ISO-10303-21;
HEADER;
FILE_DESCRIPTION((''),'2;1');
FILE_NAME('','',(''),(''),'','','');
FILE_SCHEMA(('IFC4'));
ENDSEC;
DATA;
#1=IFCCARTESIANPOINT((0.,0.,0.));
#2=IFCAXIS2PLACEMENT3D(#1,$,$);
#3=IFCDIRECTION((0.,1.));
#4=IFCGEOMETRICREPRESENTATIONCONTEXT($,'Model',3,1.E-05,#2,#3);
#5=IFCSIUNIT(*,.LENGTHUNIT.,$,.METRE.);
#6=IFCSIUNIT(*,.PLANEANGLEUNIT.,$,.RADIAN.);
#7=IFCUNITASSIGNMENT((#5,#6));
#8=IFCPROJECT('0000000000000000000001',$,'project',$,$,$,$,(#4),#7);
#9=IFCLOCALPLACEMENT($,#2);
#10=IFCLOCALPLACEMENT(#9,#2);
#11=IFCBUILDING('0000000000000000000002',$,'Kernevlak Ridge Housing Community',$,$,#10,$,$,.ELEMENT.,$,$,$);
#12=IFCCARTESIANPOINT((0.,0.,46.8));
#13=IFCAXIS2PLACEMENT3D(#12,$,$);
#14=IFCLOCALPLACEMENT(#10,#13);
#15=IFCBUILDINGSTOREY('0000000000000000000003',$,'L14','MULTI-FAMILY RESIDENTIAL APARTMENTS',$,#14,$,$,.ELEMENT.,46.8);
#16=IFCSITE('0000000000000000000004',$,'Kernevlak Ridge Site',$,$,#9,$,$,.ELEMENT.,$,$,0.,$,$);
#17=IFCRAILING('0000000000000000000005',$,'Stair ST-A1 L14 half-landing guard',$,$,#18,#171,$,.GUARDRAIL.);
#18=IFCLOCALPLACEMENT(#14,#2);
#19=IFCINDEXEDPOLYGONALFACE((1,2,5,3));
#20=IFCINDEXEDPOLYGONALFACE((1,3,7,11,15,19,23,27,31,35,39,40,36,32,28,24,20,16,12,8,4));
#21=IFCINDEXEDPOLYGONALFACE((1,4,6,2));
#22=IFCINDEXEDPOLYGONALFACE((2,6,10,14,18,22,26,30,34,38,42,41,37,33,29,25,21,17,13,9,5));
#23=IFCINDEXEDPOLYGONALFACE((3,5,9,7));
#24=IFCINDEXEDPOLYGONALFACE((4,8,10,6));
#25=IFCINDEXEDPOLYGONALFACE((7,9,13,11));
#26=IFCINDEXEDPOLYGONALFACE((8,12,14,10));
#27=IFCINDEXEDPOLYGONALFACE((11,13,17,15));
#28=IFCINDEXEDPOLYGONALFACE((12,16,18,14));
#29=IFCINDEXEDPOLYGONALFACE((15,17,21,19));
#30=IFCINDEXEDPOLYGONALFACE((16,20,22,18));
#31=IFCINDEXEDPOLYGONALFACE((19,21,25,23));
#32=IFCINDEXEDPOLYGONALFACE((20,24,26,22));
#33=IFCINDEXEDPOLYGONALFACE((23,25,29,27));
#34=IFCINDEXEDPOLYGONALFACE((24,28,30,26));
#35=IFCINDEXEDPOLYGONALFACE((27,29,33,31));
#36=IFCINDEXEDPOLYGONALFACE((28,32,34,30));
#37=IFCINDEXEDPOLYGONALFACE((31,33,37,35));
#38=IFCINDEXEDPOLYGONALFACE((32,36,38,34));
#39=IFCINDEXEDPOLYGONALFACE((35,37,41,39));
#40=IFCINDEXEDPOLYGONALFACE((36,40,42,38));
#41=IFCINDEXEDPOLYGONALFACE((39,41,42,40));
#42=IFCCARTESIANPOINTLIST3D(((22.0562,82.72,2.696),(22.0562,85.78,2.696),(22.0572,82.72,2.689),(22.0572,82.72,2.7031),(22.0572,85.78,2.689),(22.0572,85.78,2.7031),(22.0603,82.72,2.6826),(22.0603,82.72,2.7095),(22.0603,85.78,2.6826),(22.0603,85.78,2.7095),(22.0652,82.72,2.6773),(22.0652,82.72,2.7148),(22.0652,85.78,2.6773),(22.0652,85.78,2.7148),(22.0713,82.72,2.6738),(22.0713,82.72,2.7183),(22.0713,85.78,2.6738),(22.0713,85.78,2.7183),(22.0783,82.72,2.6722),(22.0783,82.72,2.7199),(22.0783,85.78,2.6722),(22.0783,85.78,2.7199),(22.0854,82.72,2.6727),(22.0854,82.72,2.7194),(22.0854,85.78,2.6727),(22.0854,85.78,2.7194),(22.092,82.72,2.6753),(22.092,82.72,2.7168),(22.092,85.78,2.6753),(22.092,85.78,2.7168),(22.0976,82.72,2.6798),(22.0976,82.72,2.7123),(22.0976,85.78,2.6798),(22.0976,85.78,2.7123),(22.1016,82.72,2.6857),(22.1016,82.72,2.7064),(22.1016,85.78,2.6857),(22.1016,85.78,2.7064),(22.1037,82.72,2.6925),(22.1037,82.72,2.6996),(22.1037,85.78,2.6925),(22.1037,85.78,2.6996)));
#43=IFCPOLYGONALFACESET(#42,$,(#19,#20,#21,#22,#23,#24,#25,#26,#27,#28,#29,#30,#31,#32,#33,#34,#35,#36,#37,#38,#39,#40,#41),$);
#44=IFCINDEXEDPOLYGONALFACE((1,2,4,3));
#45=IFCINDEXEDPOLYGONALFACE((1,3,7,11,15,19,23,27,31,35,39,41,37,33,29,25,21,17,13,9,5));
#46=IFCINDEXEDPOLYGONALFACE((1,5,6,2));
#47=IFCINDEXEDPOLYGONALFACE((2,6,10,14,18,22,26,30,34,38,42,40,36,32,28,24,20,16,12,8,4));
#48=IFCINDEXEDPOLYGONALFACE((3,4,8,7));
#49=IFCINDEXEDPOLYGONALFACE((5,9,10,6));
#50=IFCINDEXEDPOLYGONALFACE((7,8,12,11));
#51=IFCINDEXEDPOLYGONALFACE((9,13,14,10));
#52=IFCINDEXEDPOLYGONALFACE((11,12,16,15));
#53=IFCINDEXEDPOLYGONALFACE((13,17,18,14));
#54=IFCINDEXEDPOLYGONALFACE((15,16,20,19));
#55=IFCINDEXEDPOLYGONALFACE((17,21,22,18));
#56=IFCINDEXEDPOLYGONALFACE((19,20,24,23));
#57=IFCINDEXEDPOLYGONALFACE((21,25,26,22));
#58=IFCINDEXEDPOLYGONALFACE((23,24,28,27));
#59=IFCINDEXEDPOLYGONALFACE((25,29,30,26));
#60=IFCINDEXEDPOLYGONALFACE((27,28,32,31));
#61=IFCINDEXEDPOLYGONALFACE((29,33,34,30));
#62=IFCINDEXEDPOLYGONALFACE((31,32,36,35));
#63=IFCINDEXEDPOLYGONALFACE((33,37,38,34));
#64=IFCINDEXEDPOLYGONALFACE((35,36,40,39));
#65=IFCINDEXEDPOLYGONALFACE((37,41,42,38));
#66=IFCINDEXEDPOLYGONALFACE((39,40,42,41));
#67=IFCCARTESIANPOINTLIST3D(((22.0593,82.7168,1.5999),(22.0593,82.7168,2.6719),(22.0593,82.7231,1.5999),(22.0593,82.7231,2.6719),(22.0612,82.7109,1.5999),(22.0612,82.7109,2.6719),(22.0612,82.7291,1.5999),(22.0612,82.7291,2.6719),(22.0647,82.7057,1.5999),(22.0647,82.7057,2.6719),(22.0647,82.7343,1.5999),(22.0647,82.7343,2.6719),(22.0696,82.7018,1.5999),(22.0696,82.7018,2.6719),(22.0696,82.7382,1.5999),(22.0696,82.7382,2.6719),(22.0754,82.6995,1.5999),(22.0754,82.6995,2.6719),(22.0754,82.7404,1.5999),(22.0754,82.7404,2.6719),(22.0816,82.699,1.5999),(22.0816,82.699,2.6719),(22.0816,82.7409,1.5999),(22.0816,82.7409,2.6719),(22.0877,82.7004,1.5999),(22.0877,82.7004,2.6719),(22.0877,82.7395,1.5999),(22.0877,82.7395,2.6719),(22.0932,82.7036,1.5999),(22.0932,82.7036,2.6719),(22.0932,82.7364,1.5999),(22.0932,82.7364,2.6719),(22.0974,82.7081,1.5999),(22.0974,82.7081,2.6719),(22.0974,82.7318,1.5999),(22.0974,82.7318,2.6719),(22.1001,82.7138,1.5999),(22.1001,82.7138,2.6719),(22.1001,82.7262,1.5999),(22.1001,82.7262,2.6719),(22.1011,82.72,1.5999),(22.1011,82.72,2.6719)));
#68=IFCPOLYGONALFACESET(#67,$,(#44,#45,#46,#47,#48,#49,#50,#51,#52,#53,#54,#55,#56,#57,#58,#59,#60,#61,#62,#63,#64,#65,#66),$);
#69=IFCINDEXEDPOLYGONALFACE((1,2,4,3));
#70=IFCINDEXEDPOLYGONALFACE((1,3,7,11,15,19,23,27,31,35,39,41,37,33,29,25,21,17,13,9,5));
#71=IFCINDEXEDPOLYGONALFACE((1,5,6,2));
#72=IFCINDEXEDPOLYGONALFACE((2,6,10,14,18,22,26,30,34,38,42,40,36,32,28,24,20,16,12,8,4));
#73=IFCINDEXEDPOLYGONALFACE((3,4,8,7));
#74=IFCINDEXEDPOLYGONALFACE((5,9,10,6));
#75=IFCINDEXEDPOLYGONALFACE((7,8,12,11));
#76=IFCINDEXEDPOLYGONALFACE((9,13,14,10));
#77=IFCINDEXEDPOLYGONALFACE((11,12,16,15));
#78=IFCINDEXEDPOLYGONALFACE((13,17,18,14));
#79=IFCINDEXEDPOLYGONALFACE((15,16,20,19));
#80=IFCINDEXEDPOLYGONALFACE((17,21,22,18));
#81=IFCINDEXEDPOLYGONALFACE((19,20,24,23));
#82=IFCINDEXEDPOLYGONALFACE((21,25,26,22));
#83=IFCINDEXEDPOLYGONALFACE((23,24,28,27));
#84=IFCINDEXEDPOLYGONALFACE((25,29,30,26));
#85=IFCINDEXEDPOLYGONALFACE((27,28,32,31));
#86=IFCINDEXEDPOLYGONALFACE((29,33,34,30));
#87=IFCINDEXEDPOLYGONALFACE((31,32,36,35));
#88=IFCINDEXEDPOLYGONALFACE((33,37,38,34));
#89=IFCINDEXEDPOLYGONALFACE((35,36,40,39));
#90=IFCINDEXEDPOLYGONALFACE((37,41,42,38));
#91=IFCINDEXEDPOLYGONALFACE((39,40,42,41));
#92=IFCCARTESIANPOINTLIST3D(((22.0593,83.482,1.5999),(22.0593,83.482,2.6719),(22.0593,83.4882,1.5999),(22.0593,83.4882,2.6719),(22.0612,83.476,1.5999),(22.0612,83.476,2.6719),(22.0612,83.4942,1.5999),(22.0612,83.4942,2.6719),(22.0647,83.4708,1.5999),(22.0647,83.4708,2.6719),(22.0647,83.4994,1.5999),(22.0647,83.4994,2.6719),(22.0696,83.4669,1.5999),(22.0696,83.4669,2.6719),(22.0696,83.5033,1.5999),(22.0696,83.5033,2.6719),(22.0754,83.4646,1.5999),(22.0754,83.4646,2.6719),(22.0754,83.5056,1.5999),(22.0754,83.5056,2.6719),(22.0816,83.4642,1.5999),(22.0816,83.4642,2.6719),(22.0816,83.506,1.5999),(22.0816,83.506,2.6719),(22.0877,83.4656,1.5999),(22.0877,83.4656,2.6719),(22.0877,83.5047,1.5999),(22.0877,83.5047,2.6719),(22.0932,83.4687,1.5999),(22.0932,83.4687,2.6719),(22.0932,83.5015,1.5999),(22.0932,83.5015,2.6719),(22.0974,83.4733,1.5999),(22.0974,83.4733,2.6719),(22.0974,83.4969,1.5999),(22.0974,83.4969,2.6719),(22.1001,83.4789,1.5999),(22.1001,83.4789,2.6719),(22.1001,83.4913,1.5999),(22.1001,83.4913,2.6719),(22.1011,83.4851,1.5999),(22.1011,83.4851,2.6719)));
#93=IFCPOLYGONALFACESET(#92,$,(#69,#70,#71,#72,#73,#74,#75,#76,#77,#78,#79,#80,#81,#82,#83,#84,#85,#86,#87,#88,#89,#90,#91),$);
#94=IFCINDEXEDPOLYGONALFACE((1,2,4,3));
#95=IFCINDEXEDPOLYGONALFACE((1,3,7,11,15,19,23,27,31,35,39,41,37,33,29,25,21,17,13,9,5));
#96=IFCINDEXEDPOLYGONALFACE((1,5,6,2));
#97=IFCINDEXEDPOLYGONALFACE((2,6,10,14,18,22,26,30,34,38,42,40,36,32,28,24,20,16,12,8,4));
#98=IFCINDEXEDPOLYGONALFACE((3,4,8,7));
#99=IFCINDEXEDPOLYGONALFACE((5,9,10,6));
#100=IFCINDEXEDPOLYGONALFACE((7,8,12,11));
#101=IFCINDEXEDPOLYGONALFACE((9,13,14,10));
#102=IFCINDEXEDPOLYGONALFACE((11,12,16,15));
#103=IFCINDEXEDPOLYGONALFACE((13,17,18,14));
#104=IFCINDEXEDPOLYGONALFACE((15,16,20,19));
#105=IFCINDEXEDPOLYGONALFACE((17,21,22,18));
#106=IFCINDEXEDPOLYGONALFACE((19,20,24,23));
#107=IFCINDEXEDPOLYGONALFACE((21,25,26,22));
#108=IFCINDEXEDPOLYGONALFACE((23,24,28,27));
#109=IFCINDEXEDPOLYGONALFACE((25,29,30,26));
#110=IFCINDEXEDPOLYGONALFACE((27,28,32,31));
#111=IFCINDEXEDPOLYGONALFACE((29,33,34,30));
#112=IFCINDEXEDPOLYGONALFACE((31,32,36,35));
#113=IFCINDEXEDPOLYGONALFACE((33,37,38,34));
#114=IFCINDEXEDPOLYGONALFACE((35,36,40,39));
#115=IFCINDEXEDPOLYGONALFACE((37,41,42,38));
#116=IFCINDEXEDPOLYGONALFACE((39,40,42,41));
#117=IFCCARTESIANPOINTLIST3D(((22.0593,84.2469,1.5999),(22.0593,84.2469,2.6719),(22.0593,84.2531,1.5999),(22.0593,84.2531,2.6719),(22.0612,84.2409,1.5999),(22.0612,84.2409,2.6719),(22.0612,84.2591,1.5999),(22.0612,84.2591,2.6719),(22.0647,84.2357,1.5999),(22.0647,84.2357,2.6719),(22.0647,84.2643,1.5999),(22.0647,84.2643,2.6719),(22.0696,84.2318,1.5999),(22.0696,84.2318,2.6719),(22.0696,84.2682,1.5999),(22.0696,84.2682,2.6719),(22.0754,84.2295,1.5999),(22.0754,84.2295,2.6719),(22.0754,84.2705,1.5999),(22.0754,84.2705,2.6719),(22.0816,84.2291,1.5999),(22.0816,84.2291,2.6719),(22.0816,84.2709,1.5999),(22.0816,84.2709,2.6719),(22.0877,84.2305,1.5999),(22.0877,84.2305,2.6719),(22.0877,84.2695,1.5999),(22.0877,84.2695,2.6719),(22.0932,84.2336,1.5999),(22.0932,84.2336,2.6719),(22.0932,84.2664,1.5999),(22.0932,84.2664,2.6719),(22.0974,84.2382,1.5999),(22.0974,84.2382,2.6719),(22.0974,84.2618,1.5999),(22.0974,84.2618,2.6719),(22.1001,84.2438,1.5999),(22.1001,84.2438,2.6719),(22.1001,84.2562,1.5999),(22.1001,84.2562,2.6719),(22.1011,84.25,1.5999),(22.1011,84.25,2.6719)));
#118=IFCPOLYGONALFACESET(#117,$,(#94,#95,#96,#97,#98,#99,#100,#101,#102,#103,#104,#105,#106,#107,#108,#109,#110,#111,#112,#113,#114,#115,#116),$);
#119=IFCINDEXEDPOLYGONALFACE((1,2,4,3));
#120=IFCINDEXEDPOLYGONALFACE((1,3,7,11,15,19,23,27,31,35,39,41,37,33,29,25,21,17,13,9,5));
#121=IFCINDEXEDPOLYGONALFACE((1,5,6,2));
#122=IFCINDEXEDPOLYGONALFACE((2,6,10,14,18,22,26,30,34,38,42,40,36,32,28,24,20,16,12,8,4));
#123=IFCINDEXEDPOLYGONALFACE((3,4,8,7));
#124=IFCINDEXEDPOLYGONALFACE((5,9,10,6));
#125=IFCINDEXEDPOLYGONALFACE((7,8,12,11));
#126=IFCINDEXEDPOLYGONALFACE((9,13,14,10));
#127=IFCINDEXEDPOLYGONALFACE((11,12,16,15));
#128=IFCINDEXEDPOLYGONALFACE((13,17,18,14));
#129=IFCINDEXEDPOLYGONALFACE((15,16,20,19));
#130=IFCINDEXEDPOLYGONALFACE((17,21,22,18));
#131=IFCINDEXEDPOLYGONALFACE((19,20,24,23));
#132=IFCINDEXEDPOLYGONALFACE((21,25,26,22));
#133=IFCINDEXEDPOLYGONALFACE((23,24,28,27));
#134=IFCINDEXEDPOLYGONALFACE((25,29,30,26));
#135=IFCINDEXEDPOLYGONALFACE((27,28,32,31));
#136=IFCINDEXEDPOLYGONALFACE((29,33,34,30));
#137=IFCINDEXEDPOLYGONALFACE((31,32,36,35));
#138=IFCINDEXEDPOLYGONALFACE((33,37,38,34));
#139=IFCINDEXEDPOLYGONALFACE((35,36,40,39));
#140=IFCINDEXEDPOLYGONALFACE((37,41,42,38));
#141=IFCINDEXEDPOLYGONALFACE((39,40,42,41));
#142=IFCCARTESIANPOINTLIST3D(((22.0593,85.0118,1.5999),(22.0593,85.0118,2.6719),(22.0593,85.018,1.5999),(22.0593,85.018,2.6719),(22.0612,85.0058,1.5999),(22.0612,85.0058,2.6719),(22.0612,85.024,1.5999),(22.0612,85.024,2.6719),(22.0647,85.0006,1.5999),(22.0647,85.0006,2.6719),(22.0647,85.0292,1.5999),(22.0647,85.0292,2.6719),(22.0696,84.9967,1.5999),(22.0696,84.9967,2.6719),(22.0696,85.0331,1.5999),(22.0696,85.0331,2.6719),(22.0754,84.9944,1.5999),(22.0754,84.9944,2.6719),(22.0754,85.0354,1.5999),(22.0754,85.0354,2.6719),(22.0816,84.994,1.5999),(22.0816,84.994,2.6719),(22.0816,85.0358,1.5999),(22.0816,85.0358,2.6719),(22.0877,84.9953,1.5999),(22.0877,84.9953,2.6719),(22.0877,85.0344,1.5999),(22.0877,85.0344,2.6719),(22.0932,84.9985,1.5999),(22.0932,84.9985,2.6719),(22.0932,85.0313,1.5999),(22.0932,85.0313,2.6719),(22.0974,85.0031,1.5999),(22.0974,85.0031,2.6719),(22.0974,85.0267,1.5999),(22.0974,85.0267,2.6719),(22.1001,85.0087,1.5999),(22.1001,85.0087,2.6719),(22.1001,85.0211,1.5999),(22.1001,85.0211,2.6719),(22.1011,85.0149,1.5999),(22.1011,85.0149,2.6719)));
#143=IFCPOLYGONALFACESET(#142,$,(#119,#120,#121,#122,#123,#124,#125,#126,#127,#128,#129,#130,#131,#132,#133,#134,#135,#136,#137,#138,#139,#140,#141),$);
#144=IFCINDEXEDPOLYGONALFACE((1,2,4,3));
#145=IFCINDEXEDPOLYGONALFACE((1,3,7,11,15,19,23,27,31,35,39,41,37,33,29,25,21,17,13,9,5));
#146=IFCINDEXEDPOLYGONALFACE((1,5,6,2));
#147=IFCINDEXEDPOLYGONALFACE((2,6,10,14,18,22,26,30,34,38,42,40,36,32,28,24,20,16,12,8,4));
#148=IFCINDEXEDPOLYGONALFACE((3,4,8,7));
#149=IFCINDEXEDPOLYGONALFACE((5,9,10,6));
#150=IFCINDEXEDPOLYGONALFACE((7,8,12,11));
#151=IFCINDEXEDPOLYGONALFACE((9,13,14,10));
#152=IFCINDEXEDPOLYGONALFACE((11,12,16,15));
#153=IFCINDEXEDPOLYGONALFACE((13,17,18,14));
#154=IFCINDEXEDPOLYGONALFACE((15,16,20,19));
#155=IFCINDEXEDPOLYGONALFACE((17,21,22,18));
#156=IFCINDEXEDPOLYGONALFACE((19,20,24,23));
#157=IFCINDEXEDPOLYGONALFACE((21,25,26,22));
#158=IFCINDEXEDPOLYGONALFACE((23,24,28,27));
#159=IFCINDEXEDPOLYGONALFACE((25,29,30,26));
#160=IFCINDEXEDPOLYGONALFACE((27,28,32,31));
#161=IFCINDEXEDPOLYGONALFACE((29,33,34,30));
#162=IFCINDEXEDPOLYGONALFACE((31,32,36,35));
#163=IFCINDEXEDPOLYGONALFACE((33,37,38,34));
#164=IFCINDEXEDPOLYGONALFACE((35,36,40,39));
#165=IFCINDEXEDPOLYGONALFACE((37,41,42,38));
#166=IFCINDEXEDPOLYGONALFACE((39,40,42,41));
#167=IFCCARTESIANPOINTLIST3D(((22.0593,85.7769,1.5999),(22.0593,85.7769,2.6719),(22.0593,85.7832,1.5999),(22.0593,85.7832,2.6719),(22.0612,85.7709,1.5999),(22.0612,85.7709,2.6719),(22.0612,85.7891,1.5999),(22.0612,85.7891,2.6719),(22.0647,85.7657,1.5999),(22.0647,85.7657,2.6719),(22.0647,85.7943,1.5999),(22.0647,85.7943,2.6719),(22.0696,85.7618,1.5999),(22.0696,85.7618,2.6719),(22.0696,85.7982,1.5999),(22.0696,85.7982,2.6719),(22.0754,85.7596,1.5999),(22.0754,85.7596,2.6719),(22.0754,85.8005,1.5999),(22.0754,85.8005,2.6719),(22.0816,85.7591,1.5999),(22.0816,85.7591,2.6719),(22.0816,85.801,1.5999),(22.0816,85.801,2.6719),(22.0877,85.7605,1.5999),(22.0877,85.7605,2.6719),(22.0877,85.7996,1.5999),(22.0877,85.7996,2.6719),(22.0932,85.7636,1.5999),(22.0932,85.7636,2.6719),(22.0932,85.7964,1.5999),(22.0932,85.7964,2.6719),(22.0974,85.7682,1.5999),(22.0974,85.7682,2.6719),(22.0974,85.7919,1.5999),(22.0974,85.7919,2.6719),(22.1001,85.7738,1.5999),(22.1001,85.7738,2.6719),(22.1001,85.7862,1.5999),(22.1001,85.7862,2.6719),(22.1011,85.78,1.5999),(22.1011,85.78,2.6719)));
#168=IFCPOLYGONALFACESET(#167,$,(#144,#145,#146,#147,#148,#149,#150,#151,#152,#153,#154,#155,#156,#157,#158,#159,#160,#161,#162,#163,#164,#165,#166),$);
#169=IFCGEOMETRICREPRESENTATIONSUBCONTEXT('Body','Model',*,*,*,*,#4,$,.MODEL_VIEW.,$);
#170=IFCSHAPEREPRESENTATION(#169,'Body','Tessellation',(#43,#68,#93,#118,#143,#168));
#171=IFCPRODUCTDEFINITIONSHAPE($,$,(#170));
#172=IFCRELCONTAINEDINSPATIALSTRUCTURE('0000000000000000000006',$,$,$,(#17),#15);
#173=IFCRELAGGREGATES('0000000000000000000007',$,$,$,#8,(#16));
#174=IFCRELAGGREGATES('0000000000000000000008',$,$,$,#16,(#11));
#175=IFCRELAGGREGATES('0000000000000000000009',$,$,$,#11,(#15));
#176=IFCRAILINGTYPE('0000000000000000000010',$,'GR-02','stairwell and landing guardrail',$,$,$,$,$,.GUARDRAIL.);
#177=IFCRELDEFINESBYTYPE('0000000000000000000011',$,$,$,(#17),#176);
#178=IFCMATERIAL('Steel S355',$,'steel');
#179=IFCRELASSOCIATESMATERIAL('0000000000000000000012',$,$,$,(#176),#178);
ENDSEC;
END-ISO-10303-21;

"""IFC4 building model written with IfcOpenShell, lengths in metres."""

from ifc_helpers import new_model, si_unit, direction, frame, origin, origin_2d, place, context, subcontext, project, spatial, circle, extrude, material, type_object, element, save


model = new_model("IFC4")

# Units and contexts
model_context = context("Model", 3, precision=1e-05, world=origin(), true_north=direction((0.0, 1.0)))
body_context = subcontext(model_context, "Body", "Model", "MODEL_VIEW")
ifc_project = project(units=[si_unit("LENGTHUNIT", "METRE"), si_unit("PLANEANGLEUNIT", "RADIAN")], contexts=[model_context])

# Site, building, storey
site_placement = place(None, origin())
site = spatial("IfcSite", under=ifc_project, at=site_placement, Name="Kernevlak Ridge Site", CompositionType="ELEMENT", RefElevation=0.0)
building_placement = place(site_placement, origin())
building = spatial("IfcBuilding", under=site, at=building_placement, Name="Kernevlak Ridge Housing Community", CompositionType="ELEMENT")
storey_placement = place(building_placement, frame((0.0, 0.0, 46.8)))
storey = spatial("IfcBuildingStorey", under=building, at=storey_placement, Name="L14", Description="MULTI-FAMILY RESIDENTIAL APARTMENTS", CompositionType="ELEMENT", Elevation=46.8)

# Railing
ifc_material_1 = material(Name="Steel S355", Category="steel")
railing_type_1 = type_object("IfcRailingType", Name="GR-02", Description="stairwell and landing guardrail", PredefinedType="GUARDRAIL", material=ifc_material_1)
railing_1_placement = place(storey_placement, frame((22.0801, 82.72, 1.5999)))
element("IfcRailing", 1, at=railing_1_placement, inside=storey, type_object=railing_type_1, Name="Stair ST-A1 L14 half-landing guard", PredefinedType="GUARDRAIL", context=body_context, shape_type="SweptSolid", body=[
    extrude(circle(Radius=0.0239, at=origin_2d()), frame((0.0, 0.0, 1.0962), z_axis=(0.0, 1.0, 0.0), x_axis=(-1.0, 0.0, 0.0)), (0.0, 0.0, 1.0), 3.0601),
    extrude(circle(Radius=0.021, at=origin_2d()), origin(), (0.0, 0.0, 1.0), 1.072),
    extrude(circle(Radius=0.021, at=origin_2d()), frame((0.0, 0.7651, 0.0)), (0.0, 0.0, 1.0), 1.072),
    extrude(circle(Radius=0.021, at=origin_2d()), frame((0.0, 1.53, 0.0)), (0.0, 0.0, 1.0), 1.072),
    extrude(circle(Radius=0.021, at=origin_2d()), frame((0.0, 2.2949, 0.0)), (0.0, 0.0, 1.0), 1.072),
    extrude(circle(Radius=0.021, at=origin_2d()), frame((0.0, 3.0601, 0.0)), (0.0, 0.0, 1.0), 1.072),
])

save(model, "model.ifc")
